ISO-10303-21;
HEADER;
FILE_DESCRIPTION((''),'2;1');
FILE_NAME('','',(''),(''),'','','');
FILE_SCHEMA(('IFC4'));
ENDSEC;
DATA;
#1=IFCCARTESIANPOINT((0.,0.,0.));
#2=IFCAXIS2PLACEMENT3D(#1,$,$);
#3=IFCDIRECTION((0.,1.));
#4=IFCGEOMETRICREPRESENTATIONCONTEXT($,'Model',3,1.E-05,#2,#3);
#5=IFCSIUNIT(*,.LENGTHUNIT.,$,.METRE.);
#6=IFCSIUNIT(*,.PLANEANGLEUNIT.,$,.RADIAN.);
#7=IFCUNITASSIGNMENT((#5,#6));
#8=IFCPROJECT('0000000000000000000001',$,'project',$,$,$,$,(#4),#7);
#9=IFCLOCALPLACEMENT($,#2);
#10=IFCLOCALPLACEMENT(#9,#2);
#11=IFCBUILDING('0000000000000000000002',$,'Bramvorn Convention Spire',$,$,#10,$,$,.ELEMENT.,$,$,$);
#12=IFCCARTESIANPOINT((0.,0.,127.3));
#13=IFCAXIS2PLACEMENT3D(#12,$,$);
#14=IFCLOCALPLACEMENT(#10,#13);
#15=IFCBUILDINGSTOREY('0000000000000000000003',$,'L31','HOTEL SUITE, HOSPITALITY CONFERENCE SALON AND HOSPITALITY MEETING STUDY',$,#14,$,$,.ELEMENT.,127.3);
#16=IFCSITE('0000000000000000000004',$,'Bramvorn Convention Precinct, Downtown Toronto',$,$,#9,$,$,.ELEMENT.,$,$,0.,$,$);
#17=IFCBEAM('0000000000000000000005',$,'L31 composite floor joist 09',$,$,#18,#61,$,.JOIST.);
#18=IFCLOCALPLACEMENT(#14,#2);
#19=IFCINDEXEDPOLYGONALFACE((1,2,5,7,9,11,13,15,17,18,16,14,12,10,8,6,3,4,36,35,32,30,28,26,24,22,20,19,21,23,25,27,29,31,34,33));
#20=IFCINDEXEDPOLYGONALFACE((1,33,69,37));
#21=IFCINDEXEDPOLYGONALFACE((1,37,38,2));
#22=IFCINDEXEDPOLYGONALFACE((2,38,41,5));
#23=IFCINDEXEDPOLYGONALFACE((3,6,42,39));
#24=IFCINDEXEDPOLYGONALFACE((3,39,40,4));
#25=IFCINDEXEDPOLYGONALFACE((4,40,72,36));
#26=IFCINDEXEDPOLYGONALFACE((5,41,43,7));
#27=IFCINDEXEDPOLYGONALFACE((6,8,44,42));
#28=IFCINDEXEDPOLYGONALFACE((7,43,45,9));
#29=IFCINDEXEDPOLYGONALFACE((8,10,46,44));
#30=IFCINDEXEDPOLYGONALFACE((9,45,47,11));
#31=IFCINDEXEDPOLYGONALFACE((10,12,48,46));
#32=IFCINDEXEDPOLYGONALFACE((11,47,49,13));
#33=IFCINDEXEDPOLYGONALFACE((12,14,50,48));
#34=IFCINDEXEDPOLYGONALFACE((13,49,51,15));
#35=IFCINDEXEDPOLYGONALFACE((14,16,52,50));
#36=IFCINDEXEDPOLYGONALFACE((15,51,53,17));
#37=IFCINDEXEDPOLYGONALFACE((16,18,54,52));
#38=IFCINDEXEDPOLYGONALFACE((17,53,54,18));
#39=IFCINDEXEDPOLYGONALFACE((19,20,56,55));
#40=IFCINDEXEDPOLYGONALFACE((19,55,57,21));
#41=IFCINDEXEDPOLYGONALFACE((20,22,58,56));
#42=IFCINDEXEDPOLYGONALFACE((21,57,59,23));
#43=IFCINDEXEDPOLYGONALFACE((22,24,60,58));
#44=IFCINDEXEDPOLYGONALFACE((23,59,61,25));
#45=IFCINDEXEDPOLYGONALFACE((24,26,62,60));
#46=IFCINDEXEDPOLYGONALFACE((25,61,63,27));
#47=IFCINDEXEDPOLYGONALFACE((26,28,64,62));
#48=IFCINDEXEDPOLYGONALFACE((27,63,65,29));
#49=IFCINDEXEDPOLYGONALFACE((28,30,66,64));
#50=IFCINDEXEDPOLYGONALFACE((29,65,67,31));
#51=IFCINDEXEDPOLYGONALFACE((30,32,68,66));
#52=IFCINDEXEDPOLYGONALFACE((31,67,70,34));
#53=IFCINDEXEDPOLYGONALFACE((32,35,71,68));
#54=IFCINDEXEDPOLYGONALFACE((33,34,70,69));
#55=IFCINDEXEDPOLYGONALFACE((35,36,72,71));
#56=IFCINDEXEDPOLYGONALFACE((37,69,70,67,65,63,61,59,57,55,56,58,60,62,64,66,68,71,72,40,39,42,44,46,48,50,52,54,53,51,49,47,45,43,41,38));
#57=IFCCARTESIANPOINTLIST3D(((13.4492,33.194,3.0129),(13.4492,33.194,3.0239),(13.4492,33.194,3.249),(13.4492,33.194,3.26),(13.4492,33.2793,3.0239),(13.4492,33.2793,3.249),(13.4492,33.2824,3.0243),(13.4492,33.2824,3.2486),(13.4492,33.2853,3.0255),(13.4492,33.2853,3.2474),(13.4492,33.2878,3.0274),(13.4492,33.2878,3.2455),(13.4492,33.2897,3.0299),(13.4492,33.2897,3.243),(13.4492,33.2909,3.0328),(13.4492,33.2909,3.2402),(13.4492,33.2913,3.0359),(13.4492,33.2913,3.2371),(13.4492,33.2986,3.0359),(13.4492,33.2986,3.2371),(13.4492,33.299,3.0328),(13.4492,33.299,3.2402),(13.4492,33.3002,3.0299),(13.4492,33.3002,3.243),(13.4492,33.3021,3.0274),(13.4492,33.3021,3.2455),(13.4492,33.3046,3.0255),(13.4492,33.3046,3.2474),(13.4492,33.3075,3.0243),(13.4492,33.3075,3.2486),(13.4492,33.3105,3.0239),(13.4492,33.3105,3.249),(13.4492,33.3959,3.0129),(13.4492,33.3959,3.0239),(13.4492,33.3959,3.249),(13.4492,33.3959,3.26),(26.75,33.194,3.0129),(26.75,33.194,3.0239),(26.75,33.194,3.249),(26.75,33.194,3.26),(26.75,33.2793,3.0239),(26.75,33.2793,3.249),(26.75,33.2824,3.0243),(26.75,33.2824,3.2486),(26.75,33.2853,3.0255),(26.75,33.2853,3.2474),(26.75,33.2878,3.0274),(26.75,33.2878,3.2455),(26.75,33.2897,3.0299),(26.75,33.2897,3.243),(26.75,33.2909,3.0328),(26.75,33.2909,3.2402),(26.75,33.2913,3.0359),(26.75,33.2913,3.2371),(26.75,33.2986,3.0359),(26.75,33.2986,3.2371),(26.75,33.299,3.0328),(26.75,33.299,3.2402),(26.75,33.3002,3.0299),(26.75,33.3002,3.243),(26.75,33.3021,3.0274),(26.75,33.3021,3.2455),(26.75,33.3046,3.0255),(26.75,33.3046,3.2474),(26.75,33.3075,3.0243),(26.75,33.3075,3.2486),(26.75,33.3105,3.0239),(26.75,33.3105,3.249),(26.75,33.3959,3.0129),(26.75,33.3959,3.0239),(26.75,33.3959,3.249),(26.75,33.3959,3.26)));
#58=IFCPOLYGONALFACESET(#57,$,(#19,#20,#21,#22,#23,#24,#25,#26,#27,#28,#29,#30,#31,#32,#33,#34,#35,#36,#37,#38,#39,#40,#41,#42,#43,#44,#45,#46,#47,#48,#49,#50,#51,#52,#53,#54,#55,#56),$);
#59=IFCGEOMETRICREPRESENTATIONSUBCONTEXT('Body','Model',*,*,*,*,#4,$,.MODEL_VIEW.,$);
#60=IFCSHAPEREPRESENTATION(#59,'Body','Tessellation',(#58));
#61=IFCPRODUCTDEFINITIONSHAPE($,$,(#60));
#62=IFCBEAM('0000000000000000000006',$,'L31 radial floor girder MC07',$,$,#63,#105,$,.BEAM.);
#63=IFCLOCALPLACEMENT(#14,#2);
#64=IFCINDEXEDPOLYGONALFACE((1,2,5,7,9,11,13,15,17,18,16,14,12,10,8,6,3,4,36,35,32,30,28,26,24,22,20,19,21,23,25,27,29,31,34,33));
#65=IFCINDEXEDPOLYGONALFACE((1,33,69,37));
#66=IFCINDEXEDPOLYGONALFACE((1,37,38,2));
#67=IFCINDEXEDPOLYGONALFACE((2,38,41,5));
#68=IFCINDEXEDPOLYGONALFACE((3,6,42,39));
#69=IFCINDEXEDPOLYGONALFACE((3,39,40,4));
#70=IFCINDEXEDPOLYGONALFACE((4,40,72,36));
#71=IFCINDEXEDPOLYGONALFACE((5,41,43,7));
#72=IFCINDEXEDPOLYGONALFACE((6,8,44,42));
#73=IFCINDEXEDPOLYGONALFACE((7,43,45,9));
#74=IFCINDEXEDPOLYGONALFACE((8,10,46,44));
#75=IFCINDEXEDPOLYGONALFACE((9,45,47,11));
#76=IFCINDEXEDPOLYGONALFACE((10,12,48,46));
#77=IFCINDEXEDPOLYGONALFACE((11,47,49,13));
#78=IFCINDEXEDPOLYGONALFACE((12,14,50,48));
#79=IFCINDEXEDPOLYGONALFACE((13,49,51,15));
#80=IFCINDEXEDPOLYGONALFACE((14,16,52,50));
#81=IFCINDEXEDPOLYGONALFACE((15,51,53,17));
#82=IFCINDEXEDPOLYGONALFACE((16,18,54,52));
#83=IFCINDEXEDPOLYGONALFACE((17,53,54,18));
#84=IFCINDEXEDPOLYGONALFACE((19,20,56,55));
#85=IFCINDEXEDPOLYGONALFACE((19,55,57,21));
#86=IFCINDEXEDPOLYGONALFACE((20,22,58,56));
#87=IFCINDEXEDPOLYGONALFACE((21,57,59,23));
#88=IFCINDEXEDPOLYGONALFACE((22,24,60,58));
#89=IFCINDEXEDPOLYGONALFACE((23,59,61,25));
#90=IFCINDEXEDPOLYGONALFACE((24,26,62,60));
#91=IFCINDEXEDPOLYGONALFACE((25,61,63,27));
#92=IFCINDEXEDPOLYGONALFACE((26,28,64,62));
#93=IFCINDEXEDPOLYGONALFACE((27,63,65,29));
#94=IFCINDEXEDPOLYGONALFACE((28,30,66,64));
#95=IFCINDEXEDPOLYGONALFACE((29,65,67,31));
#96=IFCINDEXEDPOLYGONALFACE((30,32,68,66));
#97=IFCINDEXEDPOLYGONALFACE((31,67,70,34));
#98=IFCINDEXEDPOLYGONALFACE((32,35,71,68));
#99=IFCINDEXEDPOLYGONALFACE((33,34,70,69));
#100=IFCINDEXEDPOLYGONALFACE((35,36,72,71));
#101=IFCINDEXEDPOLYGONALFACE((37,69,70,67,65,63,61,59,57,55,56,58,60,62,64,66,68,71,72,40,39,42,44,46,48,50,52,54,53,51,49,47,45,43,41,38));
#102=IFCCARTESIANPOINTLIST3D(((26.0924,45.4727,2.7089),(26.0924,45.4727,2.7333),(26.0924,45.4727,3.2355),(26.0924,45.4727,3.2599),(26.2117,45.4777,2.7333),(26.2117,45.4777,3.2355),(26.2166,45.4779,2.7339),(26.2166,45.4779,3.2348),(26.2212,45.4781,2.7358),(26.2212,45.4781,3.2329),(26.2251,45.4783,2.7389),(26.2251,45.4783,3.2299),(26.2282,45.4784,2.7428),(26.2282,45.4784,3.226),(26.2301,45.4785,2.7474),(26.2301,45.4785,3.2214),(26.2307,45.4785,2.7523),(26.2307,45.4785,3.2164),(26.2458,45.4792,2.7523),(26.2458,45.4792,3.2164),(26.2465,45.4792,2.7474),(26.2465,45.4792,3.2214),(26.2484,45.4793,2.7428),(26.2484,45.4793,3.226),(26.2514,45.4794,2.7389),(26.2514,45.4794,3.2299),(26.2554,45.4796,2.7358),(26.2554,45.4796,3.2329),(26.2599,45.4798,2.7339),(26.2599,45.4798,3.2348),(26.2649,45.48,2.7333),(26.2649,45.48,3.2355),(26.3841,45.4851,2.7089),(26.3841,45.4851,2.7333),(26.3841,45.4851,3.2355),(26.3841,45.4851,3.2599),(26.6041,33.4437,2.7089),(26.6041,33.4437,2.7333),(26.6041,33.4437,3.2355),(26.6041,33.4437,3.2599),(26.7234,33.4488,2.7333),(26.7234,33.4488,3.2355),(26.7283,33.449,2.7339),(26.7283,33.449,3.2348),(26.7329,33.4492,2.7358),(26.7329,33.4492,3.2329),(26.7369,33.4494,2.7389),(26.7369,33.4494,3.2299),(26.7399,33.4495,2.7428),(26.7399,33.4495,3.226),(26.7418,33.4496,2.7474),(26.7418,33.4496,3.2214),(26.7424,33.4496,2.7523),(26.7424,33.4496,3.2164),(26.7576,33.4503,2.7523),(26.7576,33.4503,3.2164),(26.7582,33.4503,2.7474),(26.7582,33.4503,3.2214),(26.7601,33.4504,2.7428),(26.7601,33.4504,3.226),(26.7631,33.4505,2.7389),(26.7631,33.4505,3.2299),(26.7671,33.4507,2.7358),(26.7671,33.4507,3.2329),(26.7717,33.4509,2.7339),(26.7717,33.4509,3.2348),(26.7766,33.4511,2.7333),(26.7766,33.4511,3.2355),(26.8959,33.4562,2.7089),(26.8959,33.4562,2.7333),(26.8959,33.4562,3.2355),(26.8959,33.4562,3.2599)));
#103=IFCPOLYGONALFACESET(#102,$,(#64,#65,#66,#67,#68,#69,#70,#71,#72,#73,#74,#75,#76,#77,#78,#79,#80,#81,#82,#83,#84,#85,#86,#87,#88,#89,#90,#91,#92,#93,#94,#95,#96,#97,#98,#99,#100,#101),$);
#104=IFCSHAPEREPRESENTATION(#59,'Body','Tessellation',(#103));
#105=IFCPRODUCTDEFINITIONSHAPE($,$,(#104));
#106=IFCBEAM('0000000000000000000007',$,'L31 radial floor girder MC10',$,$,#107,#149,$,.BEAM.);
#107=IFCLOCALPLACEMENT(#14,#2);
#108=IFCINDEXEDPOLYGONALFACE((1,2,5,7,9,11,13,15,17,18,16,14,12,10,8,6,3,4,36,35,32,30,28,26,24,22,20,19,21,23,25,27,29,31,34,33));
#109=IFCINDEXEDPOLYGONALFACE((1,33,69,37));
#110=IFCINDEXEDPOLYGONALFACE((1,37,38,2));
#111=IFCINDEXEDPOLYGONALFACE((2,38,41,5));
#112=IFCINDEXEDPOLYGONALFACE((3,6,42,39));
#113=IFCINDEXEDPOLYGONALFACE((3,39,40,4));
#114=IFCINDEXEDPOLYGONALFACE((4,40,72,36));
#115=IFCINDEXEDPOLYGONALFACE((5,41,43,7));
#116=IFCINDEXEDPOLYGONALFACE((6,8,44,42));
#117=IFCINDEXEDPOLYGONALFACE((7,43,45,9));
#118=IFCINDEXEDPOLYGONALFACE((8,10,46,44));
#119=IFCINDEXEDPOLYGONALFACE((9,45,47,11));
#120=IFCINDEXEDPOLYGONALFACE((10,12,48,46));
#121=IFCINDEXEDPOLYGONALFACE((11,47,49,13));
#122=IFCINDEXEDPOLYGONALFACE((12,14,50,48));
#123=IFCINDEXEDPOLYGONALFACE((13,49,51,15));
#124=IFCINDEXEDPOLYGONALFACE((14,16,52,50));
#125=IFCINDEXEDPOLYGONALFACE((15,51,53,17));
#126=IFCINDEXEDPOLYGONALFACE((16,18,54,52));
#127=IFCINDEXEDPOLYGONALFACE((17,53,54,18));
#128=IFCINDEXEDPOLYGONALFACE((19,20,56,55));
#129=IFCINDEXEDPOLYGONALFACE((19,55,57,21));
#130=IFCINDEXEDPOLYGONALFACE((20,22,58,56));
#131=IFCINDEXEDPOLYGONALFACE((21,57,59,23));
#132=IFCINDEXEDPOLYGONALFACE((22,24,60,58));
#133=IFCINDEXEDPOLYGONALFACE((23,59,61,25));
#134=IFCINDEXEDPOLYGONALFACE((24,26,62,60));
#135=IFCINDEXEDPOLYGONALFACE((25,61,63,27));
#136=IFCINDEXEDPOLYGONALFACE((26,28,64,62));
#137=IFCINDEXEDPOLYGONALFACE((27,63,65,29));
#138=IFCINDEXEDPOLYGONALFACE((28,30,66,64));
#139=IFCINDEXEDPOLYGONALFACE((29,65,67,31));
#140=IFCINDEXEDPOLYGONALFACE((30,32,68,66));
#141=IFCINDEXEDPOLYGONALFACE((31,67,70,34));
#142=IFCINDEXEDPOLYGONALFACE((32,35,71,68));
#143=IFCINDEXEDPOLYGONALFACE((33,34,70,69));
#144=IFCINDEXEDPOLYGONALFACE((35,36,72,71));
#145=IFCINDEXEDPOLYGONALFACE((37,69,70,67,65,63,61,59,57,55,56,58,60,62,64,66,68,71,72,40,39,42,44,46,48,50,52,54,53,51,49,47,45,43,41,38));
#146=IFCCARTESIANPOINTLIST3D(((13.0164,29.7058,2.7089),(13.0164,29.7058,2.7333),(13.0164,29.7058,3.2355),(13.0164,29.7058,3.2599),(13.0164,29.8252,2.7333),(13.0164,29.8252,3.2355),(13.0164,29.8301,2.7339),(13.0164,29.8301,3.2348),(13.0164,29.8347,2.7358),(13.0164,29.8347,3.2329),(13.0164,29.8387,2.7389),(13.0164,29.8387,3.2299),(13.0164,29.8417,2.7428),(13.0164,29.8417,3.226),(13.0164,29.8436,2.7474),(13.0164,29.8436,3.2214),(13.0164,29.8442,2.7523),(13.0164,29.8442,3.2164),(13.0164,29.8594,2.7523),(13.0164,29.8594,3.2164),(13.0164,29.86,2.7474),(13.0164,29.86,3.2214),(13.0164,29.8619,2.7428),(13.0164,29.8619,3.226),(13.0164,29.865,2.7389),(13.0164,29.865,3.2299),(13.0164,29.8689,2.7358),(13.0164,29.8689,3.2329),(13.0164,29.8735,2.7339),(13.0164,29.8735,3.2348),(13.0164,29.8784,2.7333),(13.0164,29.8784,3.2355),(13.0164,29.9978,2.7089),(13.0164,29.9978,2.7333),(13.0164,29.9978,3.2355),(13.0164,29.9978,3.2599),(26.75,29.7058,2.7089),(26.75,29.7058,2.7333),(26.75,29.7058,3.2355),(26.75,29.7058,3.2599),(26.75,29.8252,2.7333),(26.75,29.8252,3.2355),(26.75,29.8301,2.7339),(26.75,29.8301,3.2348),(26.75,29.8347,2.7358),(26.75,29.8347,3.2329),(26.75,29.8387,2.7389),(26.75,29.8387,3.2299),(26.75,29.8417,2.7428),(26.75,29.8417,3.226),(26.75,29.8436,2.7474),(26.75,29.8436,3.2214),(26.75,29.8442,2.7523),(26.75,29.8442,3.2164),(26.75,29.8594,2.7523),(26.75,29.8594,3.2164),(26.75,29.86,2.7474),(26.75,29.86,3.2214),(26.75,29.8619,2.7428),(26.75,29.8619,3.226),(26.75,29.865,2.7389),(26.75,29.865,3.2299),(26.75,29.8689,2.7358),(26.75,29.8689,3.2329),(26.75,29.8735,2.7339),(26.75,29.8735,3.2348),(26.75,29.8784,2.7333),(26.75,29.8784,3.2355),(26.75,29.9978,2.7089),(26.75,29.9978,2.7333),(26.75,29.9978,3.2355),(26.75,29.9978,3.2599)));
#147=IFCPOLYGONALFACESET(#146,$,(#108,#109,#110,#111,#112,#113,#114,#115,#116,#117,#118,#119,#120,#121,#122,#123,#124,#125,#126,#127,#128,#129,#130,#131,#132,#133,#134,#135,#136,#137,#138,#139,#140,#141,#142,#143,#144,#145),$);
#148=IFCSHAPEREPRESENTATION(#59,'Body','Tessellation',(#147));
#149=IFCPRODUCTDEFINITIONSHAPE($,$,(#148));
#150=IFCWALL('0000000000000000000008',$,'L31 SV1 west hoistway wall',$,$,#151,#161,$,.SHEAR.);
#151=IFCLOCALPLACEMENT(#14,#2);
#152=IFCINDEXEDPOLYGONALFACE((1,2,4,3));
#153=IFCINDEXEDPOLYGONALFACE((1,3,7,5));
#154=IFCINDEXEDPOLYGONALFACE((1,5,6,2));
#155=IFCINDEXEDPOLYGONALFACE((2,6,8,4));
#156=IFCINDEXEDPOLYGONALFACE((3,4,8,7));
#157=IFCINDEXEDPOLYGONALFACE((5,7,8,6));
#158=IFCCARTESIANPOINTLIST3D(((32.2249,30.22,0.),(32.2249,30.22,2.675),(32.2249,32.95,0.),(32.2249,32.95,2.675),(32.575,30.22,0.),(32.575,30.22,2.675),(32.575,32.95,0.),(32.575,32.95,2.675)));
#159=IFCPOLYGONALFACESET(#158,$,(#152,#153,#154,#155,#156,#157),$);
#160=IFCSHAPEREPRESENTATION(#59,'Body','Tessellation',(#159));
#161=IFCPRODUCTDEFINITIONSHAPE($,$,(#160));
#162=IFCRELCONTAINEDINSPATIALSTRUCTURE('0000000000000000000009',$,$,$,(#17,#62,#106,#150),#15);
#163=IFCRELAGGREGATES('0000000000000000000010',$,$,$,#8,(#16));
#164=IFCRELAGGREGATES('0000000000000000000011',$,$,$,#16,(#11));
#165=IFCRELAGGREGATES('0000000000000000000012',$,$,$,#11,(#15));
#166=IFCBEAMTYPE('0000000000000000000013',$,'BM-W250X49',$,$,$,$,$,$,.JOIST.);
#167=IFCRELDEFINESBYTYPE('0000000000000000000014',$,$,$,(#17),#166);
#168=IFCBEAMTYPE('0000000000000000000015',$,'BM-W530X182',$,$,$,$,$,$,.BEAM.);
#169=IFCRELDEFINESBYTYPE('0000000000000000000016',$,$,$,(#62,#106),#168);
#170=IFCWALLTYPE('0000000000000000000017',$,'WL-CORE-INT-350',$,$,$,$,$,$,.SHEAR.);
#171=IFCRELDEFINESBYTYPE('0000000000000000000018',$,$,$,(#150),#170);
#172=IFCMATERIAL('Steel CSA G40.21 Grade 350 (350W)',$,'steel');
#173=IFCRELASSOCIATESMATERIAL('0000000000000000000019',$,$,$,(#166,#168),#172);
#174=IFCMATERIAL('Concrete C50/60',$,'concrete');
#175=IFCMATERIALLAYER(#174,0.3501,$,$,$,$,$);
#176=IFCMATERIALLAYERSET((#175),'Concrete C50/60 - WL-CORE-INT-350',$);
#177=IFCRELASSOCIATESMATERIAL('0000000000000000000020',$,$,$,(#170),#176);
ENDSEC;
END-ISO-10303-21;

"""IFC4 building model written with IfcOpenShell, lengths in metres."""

from ifc_helpers import new_model, si_unit, direction, frame, frame_2d, origin, origin_2d, place, context, subcontext, project, spatial, rectangle, i_section, extrude, material, layer, layer_set, material_profile, profile_set, type_object, element, save


model = new_model("IFC4")

# Units and contexts
model_context = context("Model", 3, precision=1e-05, world=origin(), true_north=direction((0.0, 1.0)))
body_context = subcontext(model_context, "Body", "Model", "MODEL_VIEW")
ifc_project = project(units=[si_unit("LENGTHUNIT", "METRE"), si_unit("PLANEANGLEUNIT", "RADIAN")], contexts=[model_context])

# Site, building, storey
site_placement = place(None, origin())
site = spatial("IfcSite", under=ifc_project, at=site_placement, Name="Bramvorn Convention Precinct, Downtown Toronto", CompositionType="ELEMENT", RefElevation=0.0)
building_placement = place(site_placement, origin())
building = spatial("IfcBuilding", under=site, at=building_placement, Name="Bramvorn Convention Spire", CompositionType="ELEMENT")
storey_placement = place(building_placement, frame((0.0, 0.0, 127.3)))
storey = spatial("IfcBuildingStorey", under=building, at=storey_placement, Name="L31", Description="HOTEL SUITE, HOSPITALITY CONFERENCE SALON AND HOSPITALITY MEETING STUDY", CompositionType="ELEMENT", Elevation=127.3)

# Beams
ifc_material_1 = material(Name="Steel CSA G40.21 Grade 350 (350W)", Category="steel")
ifc_material_profile_1 = material_profile(ifc_material_1, i_section(OverallWidth=0.2019, OverallDepth=0.2471, WebThickness=0.0073, FlangeThickness=0.011, FilletRadius=0.012, at=origin_2d()))
ifc_profile_set_1 = profile_set([ifc_material_profile_1], Name="Steel CSA G40.21 Grade 350 (350W) - W250X49")
beam_type_1 = type_object("IfcBeamType", Name="BM-W250X49", PredefinedType="JOIST", material=ifc_profile_set_1)
beam_1_placement = place(storey_placement, frame((26.75, 33.2949, 3.1365), z_axis=(-1.0, 0.0, 0.0), x_axis=(0.0, -1.0, 0.0)))
element("IfcBeam", 1, at=beam_1_placement, inside=storey, type_object=beam_type_1, Name="L31 composite floor joist 09", PredefinedType="JOIST", context=body_context, shape_type="SweptSolid", body=[
    extrude(i_section(OverallWidth=0.2019, OverallDepth=0.2471, WebThickness=0.0073, FlangeThickness=0.011, FilletRadius=0.012, at=origin_2d()), origin(), (0.0, 0.0, 1.0), 13.3008),
])
ifc_material_profile_2 = material_profile(ifc_material_1, i_section(OverallWidth=0.292, OverallDepth=0.551, WebThickness=0.0151, FlangeThickness=0.0244, FilletRadius=0.019, at=origin_2d()))
ifc_profile_set_2 = profile_set([ifc_material_profile_2], Name="Steel CSA G40.21 Grade 350 (350W) - W530X182")
beam_type_2 = type_object("IfcBeamType", Name="BM-W530X182", PredefinedType="BEAM", material=ifc_profile_set_2)
beam_2_placement = place(storey_placement, frame((26.75, 33.45, 2.9844), z_axis=(-0.042503, 0.999096, 0.0), x_axis=(-0.999096, -0.042503, 0.0)))
element("IfcBeam", 2, at=beam_2_placement, inside=storey, type_object=beam_type_2, Name="L31 radial floor girder MC07", PredefinedType="BEAM", context=body_context, shape_type="SweptSolid", body=[
    extrude(i_section(OverallWidth=0.292, OverallDepth=0.551, WebThickness=0.0151, FlangeThickness=0.0244, FilletRadius=0.019, at=origin_2d()), origin(), (0.0, 0.0, 1.0), 12.0398),
])
beam_3_placement = place(storey_placement, frame((26.75, 29.8518, 2.9844), z_axis=(-1.0, 0.0, 0.0), x_axis=(0.0, -1.0, 0.0)))
element("IfcBeam", 3, at=beam_3_placement, inside=storey, type_object=beam_type_2, Name="L31 radial floor girder MC10", PredefinedType="BEAM", context=body_context, shape_type="SweptSolid", body=[
    extrude(i_section(OverallWidth=0.292, OverallDepth=0.551, WebThickness=0.0151, FlangeThickness=0.0244, FilletRadius=0.019, at=origin_2d()), origin(), (0.0, 0.0, 1.0), 13.7336),
])

# Shared definitions
ifc_material_2 = material(Name="Concrete C50/60", Category="concrete")
ifc_layer_1 = layer(ifc_material_2, 0.3501)
ifc_layer_set_1 = layer_set([ifc_layer_1], Name="Concrete C50/60 - WL-CORE-INT-350")
wall_type_1 = type_object("IfcWallType", Name="WL-CORE-INT-350", PredefinedType="SHEAR", material=ifc_layer_set_1)

# Wall
wall_1_placement = place(storey_placement, frame((32.3999, 30.22, 0.0), z_axis=(0.0, 0.0, 1.0), x_axis=(0.0, 1.0, 0.0)))
element("IfcWall", 4, at=wall_1_placement, inside=storey, type_object=wall_type_1, Name="L31 SV1 west hoistway wall", PredefinedType="SHEAR", context=body_context, shape_type="SweptSolid", body=[
    extrude(rectangle(XDim=2.73, YDim=0.3501, at=frame_2d((1.365, 0.0))), origin(), (0.0, 0.0, 1.0), 2.675),
])

save(model, "model.ifc")
